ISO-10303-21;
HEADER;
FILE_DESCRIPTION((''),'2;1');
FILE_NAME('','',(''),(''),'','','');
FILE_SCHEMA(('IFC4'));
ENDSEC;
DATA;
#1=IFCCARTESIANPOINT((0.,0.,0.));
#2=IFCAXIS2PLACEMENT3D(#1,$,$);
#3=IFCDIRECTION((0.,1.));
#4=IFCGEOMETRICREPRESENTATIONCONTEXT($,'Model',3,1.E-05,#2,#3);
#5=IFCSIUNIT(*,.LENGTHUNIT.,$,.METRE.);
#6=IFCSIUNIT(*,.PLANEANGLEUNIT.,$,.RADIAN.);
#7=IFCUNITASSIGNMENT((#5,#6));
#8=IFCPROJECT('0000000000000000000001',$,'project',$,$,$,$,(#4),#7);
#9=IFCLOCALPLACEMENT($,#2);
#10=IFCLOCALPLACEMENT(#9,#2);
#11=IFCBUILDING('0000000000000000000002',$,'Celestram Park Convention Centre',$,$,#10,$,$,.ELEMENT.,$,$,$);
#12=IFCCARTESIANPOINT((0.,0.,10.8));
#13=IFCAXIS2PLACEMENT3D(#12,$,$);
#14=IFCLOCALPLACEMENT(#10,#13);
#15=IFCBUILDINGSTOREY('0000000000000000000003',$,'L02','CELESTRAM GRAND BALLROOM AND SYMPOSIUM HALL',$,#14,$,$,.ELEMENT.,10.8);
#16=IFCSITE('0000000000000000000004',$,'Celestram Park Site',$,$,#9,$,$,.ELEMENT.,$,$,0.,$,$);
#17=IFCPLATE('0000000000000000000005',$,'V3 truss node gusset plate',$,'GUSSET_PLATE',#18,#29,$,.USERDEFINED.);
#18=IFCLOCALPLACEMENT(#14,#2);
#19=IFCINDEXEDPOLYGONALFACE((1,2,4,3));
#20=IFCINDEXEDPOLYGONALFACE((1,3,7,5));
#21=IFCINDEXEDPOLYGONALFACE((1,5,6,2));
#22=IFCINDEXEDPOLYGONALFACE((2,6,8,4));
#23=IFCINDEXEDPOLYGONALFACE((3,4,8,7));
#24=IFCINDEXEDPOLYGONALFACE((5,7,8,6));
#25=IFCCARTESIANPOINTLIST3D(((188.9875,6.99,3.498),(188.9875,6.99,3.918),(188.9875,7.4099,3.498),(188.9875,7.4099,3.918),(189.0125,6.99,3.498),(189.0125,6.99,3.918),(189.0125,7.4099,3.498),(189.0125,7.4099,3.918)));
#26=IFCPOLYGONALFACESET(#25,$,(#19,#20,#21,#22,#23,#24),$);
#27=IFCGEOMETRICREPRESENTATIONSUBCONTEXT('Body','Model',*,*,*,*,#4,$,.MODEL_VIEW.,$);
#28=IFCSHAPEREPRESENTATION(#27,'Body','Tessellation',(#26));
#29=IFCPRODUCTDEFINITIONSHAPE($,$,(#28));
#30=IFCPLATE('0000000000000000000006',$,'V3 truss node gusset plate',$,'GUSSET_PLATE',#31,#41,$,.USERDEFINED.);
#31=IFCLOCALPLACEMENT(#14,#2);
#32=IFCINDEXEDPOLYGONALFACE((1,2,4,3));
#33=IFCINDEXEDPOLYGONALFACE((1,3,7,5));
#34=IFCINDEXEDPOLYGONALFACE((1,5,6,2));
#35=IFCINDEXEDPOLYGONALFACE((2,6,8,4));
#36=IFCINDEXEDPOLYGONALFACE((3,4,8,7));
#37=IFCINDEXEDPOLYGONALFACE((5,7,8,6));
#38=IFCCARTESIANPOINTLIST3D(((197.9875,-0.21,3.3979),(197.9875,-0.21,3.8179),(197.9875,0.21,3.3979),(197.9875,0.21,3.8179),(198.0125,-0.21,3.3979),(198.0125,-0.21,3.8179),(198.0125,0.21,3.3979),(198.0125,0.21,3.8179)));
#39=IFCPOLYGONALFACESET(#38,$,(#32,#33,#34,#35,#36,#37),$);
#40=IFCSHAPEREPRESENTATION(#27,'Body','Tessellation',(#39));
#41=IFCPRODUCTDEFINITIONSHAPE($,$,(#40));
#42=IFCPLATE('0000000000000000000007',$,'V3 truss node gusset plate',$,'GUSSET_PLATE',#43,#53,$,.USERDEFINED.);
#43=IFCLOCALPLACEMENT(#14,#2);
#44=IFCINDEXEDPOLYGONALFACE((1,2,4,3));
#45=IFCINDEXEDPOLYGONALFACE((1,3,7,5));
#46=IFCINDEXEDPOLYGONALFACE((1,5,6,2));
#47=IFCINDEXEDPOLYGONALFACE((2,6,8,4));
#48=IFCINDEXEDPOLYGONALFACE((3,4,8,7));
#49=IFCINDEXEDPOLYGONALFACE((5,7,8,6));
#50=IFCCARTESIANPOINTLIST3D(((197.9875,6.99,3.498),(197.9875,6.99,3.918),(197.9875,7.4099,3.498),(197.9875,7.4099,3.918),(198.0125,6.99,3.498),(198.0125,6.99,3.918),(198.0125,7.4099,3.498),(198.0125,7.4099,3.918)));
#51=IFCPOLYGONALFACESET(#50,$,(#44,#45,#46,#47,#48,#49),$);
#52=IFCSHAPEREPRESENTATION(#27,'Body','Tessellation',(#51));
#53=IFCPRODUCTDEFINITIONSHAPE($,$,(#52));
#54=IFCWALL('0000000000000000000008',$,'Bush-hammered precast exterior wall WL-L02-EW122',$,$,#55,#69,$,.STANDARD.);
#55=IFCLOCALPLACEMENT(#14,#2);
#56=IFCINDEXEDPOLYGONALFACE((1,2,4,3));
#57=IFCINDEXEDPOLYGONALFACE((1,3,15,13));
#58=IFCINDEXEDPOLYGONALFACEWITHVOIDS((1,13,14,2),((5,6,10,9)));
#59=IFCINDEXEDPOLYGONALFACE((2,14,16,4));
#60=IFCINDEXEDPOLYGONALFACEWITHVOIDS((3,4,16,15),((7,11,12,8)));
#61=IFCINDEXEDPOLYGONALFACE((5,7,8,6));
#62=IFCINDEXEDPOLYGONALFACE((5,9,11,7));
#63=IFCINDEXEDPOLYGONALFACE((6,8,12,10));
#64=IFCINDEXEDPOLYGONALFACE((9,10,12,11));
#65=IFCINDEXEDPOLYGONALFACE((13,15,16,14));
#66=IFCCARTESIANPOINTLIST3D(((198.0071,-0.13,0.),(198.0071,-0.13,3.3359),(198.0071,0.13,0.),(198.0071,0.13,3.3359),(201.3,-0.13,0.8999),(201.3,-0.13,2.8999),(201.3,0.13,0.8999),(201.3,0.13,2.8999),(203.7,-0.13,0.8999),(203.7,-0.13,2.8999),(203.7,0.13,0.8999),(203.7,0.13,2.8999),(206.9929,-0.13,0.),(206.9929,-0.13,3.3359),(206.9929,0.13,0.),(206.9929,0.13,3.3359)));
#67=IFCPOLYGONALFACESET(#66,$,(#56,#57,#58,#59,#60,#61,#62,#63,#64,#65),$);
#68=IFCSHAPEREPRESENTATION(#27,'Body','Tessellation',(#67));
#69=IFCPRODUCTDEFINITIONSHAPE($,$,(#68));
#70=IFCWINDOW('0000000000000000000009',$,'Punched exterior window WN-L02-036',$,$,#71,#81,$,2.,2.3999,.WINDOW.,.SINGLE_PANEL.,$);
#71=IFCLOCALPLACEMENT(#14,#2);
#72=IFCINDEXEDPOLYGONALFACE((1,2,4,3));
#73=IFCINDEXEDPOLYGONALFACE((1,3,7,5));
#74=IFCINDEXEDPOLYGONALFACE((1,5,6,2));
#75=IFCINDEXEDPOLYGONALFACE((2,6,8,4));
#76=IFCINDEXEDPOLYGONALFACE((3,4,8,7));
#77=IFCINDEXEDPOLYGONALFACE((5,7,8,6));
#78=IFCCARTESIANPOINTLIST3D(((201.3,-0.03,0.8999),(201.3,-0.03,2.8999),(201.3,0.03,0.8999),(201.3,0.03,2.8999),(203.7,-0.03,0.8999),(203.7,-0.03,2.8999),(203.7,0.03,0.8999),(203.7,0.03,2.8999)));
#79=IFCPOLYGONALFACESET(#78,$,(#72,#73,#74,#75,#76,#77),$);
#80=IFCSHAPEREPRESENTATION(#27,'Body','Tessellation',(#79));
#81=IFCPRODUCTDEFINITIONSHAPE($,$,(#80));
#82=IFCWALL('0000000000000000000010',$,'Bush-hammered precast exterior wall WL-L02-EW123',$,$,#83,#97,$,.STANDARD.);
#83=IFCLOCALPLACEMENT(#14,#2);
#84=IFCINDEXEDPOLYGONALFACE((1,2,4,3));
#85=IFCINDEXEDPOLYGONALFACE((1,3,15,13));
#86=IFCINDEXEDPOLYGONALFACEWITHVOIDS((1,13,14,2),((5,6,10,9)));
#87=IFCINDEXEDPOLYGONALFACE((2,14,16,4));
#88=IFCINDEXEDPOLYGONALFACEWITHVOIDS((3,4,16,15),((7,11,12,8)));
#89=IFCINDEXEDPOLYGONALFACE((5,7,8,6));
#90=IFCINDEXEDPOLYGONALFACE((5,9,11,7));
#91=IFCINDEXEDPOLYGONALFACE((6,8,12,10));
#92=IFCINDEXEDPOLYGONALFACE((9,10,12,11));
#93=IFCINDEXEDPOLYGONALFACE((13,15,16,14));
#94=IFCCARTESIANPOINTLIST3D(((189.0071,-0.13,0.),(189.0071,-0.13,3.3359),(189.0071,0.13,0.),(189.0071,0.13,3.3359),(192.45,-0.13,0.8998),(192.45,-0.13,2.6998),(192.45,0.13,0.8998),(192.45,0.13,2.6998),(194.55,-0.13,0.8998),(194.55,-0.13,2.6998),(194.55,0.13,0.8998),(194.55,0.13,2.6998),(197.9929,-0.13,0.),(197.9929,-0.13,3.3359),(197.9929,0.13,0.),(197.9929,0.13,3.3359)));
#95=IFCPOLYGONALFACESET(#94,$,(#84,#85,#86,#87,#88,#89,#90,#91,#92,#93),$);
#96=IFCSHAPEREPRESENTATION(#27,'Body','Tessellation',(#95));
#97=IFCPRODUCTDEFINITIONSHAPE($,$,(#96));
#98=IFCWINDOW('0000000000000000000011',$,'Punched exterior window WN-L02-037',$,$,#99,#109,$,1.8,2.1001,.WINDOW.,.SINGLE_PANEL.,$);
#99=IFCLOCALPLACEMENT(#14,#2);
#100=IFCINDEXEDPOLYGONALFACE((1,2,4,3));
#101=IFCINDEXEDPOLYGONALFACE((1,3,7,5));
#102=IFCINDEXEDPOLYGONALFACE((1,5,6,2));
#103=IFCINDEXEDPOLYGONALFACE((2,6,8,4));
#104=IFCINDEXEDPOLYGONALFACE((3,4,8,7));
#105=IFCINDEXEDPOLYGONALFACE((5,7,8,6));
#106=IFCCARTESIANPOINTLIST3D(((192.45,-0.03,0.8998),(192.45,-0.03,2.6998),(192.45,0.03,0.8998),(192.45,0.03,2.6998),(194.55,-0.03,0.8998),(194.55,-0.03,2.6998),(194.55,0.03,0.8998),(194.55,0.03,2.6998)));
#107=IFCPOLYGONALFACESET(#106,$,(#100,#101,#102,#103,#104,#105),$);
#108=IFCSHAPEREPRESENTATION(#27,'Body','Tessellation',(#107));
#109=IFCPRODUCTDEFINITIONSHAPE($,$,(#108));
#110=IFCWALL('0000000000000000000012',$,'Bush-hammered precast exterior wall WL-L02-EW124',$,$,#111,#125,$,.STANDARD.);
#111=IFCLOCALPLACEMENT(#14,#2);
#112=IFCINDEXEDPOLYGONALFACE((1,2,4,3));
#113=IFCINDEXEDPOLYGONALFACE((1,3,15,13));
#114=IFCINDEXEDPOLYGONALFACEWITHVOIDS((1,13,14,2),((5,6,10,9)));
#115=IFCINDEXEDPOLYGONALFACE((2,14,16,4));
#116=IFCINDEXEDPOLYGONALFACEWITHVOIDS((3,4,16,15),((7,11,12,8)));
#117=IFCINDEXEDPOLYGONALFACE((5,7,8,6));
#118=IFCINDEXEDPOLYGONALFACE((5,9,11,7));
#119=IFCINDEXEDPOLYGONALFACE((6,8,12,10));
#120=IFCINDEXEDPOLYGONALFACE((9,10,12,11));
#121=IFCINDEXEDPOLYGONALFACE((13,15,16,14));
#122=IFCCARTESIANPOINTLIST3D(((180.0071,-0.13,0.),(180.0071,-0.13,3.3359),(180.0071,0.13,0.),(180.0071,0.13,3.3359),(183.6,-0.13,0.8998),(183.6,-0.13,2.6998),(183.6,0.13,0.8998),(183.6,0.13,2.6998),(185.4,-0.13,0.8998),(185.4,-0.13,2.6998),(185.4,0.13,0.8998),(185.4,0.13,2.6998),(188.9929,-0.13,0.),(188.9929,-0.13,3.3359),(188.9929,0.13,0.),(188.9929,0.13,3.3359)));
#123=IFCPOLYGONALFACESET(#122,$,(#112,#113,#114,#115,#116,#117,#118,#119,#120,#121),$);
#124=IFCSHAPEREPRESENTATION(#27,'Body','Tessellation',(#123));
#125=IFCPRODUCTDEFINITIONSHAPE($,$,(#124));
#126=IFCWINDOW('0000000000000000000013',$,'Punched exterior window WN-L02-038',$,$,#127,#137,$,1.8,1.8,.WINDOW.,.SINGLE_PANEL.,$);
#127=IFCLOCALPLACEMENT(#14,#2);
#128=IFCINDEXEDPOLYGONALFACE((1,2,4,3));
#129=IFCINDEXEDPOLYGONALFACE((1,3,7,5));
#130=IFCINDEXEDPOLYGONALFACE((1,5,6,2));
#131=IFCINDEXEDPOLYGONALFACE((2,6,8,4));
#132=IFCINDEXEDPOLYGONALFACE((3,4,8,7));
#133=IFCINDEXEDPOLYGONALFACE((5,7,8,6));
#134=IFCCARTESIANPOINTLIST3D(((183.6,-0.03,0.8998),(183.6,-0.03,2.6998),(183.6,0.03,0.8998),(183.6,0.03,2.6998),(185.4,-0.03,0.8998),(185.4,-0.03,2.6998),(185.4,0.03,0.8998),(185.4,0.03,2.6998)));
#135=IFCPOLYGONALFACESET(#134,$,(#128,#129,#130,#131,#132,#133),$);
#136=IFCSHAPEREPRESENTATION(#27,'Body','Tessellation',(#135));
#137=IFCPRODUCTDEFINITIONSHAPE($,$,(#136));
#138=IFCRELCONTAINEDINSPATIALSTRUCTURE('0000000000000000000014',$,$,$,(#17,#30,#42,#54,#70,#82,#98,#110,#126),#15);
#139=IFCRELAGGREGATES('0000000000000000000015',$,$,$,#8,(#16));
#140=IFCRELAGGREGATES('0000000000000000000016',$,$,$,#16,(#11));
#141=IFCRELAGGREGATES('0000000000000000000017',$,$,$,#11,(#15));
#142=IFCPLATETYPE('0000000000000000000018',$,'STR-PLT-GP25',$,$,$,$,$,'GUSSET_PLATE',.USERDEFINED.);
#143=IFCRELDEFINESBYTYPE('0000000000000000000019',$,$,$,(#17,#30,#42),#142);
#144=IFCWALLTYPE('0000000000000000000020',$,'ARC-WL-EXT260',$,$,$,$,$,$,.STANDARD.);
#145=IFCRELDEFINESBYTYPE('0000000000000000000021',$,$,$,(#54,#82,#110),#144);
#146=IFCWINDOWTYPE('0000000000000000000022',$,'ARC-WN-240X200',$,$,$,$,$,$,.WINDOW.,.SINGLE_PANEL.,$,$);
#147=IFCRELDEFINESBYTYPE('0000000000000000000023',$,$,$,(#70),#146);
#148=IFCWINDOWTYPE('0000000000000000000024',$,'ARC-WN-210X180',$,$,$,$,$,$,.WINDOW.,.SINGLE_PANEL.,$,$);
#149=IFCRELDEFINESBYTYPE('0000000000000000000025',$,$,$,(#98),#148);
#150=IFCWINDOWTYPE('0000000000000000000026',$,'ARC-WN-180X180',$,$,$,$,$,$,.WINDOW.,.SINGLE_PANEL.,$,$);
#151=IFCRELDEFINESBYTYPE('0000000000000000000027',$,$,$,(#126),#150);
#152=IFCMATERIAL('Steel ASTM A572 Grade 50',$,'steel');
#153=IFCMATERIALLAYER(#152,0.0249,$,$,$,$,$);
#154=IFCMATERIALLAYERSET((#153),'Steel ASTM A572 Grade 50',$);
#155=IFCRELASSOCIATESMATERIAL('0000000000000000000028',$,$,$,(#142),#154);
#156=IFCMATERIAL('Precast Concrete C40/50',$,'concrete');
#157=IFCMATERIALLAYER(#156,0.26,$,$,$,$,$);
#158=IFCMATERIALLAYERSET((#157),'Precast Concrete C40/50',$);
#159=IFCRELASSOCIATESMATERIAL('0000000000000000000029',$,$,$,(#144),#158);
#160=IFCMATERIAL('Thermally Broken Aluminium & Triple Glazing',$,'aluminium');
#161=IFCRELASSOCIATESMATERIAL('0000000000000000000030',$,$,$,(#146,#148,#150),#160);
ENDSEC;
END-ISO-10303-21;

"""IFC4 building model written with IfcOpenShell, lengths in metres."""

from ifc_helpers import new_model, si_unit, direction, frame, frame_2d, origin, origin_2d, place, context, subcontext, project, spatial, rectangle, extrude, material, layer, layer_set, type_object, element, fill, save


model = new_model("IFC4")

# Units and contexts
model_context = context("Model", 3, precision=1e-05, world=origin(), true_north=direction((0.0, 1.0)))
body_context = subcontext(model_context, "Body", "Model", "MODEL_VIEW")
ifc_project = project(units=[si_unit("LENGTHUNIT", "METRE"), si_unit("PLANEANGLEUNIT", "RADIAN")], contexts=[model_context])

# Site, building, storey
site_placement = place(None, origin())
site = spatial("IfcSite", under=ifc_project, at=site_placement, Name="Celestram Park Site", CompositionType="ELEMENT", RefElevation=0.0)
building_placement = place(site_placement, origin())
building = spatial("IfcBuilding", under=site, at=building_placement, Name="Celestram Park Convention Centre", CompositionType="ELEMENT")
storey_placement = place(building_placement, frame((0.0, 0.0, 10.8)))
storey = spatial("IfcBuildingStorey", under=building, at=storey_placement, Name="L02", Description="CELESTRAM GRAND BALLROOM AND SYMPOSIUM HALL", CompositionType="ELEMENT", Elevation=10.8)

# Plates
ifc_material_1 = material(Name="Steel ASTM A572 Grade 50", Category="steel")
ifc_layer_1 = layer(ifc_material_1, 0.0249)
ifc_layer_set_1 = layer_set([ifc_layer_1], Name="Steel ASTM A572 Grade 50")
plate_type = type_object("IfcPlateType", Name="STR-PLT-GP25", ElementType="GUSSET_PLATE", PredefinedType="USERDEFINED", material=ifc_layer_set_1)
for number, where, z_axis, x_axis, name in (
    (1, (189.0, 7.2, 3.498), (0.0, 0.0, 1.0), (0.0, 1.0, 0.0), "V3 truss node gusset plate"),
    (2, (198.0, 0.0, 3.3979), (0.0, 0.0, 1.0), (0.0, 1.0, 0.0), "V3 truss node gusset plate"),
    (3, (198.0, 7.2, 3.498), (0.0, 0.0, 1.0), (0.0, 1.0, 0.0), "V3 truss node gusset plate"),
):
    element("IfcPlate", number, at=place(storey_placement, frame(where, z_axis=z_axis, x_axis=x_axis)), inside=storey, type_object=plate_type, Name=name, ObjectType="GUSSET_PLATE", PredefinedType="USERDEFINED", context=body_context, shape_type="SweptSolid", body=[
        extrude(rectangle(XDim=0.4199, YDim=0.0249, at=origin_2d()), origin(), (0.0, 0.0, 1.0), 0.4199),
    ])

# Walls, openings, windows
ifc_material_2 = material(Name="Precast Concrete C40/50", Category="concrete")
ifc_layer_2 = layer(ifc_material_2, 0.26)
ifc_layer_set_2 = layer_set([ifc_layer_2], Name="Precast Concrete C40/50")
wall_type = type_object("IfcWallType", Name="ARC-WL-EXT260", PredefinedType="STANDARD", material=ifc_layer_set_2)
wall_1_placement = place(storey_placement, frame((206.9929, 0.0, 0.0), z_axis=(0.0, 0.0, 1.0), x_axis=(-1.0, 0.0, 0.0)))
wall_1 = element("IfcWall", 4, at=wall_1_placement, inside=storey, type_object=wall_type, Name="Bush-hammered precast exterior wall WL-L02-EW122", PredefinedType="STANDARD", context=body_context, shape_type="SweptSolid", body=[
    extrude(rectangle(XDim=8.9858, YDim=0.26, at=frame_2d((4.4929, 0.0))), origin(), (0.0, 0.0, 1.0), 3.3359),
])
opening_1_placement = place(wall_1_placement, frame((3.293, 0.0, 0.8999)))
opening_1 = element("IfcOpeningElement", 5, at=opening_1_placement, cuts=wall_1, PredefinedType="OPENING", context=body_context, shape_type="SweptSolid", body=[
    extrude(rectangle(XDim=2.3999, YDim=2.0, at=frame_2d((1.2, 1.0))), frame((0.0, 0.1399, 0.0), z_axis=(0.0, -1.0, 0.0), x_axis=(1.0, 0.0, 0.0)), (0.0, 0.0, 1.0), 0.28),
])
ifc_material_3 = material(Name="Thermally Broken Aluminium & Triple Glazing", Category="aluminium")
window_type_1 = type_object("IfcWindowType", Name="ARC-WN-240X200", PartitioningType="SINGLE_PANEL", PredefinedType="WINDOW", material=ifc_material_3)
window_1_placement = place(opening_1_placement, origin())
window_1 = element("IfcWindow", 6, at=window_1_placement, inside=storey, type_object=window_type_1, Name="Punched exterior window WN-L02-036", OverallHeight=2.0, OverallWidth=2.3999, PartitioningType="SINGLE_PANEL", PredefinedType="WINDOW", context=body_context, shape_type="SweptSolid", body=[
    extrude(rectangle(XDim=2.3999, YDim=2.0, at=frame_2d((1.2, 1.0))), frame((0.0, 0.03, 0.0), z_axis=(0.0, -1.0, 0.0), x_axis=(1.0, 0.0, 0.0)), (0.0, 0.0, 1.0), 0.0601),
])
fill(opening_1, window_1)
wall_2_placement = place(storey_placement, frame((197.9929, 0.0, 0.0), z_axis=(0.0, 0.0, 1.0), x_axis=(-1.0, 0.0, 0.0)))
wall_2 = element("IfcWall", 7, at=wall_2_placement, inside=storey, type_object=wall_type, Name="Bush-hammered precast exterior wall WL-L02-EW123", PredefinedType="STANDARD", context=body_context, shape_type="SweptSolid", body=[
    extrude(rectangle(XDim=8.9858, YDim=0.26, at=frame_2d((4.4929, 0.0))), origin(), (0.0, 0.0, 1.0), 3.3359),
])
opening_2_placement = place(wall_2_placement, frame((3.4429, 0.0, 0.8999)))
opening_2 = element("IfcOpeningElement", 8, at=opening_2_placement, cuts=wall_2, PredefinedType="OPENING", context=body_context, shape_type="SweptSolid", body=[
    extrude(rectangle(XDim=2.1001, YDim=1.8, at=frame_2d((1.05, 0.8999))), frame((0.0, 0.1399, 0.0), z_axis=(0.0, -1.0, 0.0), x_axis=(1.0, 0.0, 0.0)), (0.0, 0.0, 1.0), 0.28),
])
window_type_2 = type_object("IfcWindowType", Name="ARC-WN-210X180", PartitioningType="SINGLE_PANEL", PredefinedType="WINDOW", material=ifc_material_3)
window_2_placement = place(opening_2_placement, origin())
window_2 = element("IfcWindow", 9, at=window_2_placement, inside=storey, type_object=window_type_2, Name="Punched exterior window WN-L02-037", OverallHeight=1.8, OverallWidth=2.1001, PartitioningType="SINGLE_PANEL", PredefinedType="WINDOW", context=body_context, shape_type="SweptSolid", body=[
    extrude(rectangle(XDim=2.1001, YDim=1.8, at=frame_2d((1.05, 0.8999))), frame((0.0, 0.03, 0.0), z_axis=(0.0, -1.0, 0.0), x_axis=(1.0, 0.0, 0.0)), (0.0, 0.0, 1.0), 0.0601),
])
fill(opening_2, window_2)
wall_3_placement = place(storey_placement, frame((188.9929, 0.0, 0.0), z_axis=(0.0, 0.0, 1.0), x_axis=(-1.0, 0.0, 0.0)))
wall_3 = element("IfcWall", 10, at=wall_3_placement, inside=storey, type_object=wall_type, Name="Bush-hammered precast exterior wall WL-L02-EW124", PredefinedType="STANDARD", context=body_context, shape_type="SweptSolid", body=[
    extrude(rectangle(XDim=8.9858, YDim=0.26, at=frame_2d((4.4929, 0.0))), origin(), (0.0, 0.0, 1.0), 3.3359),
])
opening_3_placement = place(wall_3_placement, frame((3.593, 0.0, 0.8999)))
opening_3 = element("IfcOpeningElement", 11, at=opening_3_placement, cuts=wall_3, PredefinedType="OPENING", context=body_context, shape_type="SweptSolid", body=[
    extrude(rectangle(XDim=1.8, YDim=1.8, at=frame_2d((0.8999, 0.8999))), frame((0.0, 0.1399, 0.0), z_axis=(0.0, -1.0, 0.0), x_axis=(1.0, 0.0, 0.0)), (0.0, 0.0, 1.0), 0.28),
])
window_type_3 = type_object("IfcWindowType", Name="ARC-WN-180X180", PartitioningType="SINGLE_PANEL", PredefinedType="WINDOW", material=ifc_material_3)
window_3_placement = place(opening_3_placement, origin())
window_3 = element("IfcWindow", 12, at=window_3_placement, inside=storey, type_object=window_type_3, Name="Punched exterior window WN-L02-038", OverallHeight=1.8, OverallWidth=1.8, PartitioningType="SINGLE_PANEL", PredefinedType="WINDOW", context=body_context, shape_type="SweptSolid", body=[
    extrude(rectangle(XDim=1.8, YDim=1.8, at=frame_2d((0.8999, 0.8999))), frame((0.0, 0.03, 0.0), z_axis=(0.0, -1.0, 0.0), x_axis=(1.0, 0.0, 0.0)), (0.0, 0.0, 1.0), 0.0601),
])
fill(opening_3, window_3)

save(model, "model.ifc")
